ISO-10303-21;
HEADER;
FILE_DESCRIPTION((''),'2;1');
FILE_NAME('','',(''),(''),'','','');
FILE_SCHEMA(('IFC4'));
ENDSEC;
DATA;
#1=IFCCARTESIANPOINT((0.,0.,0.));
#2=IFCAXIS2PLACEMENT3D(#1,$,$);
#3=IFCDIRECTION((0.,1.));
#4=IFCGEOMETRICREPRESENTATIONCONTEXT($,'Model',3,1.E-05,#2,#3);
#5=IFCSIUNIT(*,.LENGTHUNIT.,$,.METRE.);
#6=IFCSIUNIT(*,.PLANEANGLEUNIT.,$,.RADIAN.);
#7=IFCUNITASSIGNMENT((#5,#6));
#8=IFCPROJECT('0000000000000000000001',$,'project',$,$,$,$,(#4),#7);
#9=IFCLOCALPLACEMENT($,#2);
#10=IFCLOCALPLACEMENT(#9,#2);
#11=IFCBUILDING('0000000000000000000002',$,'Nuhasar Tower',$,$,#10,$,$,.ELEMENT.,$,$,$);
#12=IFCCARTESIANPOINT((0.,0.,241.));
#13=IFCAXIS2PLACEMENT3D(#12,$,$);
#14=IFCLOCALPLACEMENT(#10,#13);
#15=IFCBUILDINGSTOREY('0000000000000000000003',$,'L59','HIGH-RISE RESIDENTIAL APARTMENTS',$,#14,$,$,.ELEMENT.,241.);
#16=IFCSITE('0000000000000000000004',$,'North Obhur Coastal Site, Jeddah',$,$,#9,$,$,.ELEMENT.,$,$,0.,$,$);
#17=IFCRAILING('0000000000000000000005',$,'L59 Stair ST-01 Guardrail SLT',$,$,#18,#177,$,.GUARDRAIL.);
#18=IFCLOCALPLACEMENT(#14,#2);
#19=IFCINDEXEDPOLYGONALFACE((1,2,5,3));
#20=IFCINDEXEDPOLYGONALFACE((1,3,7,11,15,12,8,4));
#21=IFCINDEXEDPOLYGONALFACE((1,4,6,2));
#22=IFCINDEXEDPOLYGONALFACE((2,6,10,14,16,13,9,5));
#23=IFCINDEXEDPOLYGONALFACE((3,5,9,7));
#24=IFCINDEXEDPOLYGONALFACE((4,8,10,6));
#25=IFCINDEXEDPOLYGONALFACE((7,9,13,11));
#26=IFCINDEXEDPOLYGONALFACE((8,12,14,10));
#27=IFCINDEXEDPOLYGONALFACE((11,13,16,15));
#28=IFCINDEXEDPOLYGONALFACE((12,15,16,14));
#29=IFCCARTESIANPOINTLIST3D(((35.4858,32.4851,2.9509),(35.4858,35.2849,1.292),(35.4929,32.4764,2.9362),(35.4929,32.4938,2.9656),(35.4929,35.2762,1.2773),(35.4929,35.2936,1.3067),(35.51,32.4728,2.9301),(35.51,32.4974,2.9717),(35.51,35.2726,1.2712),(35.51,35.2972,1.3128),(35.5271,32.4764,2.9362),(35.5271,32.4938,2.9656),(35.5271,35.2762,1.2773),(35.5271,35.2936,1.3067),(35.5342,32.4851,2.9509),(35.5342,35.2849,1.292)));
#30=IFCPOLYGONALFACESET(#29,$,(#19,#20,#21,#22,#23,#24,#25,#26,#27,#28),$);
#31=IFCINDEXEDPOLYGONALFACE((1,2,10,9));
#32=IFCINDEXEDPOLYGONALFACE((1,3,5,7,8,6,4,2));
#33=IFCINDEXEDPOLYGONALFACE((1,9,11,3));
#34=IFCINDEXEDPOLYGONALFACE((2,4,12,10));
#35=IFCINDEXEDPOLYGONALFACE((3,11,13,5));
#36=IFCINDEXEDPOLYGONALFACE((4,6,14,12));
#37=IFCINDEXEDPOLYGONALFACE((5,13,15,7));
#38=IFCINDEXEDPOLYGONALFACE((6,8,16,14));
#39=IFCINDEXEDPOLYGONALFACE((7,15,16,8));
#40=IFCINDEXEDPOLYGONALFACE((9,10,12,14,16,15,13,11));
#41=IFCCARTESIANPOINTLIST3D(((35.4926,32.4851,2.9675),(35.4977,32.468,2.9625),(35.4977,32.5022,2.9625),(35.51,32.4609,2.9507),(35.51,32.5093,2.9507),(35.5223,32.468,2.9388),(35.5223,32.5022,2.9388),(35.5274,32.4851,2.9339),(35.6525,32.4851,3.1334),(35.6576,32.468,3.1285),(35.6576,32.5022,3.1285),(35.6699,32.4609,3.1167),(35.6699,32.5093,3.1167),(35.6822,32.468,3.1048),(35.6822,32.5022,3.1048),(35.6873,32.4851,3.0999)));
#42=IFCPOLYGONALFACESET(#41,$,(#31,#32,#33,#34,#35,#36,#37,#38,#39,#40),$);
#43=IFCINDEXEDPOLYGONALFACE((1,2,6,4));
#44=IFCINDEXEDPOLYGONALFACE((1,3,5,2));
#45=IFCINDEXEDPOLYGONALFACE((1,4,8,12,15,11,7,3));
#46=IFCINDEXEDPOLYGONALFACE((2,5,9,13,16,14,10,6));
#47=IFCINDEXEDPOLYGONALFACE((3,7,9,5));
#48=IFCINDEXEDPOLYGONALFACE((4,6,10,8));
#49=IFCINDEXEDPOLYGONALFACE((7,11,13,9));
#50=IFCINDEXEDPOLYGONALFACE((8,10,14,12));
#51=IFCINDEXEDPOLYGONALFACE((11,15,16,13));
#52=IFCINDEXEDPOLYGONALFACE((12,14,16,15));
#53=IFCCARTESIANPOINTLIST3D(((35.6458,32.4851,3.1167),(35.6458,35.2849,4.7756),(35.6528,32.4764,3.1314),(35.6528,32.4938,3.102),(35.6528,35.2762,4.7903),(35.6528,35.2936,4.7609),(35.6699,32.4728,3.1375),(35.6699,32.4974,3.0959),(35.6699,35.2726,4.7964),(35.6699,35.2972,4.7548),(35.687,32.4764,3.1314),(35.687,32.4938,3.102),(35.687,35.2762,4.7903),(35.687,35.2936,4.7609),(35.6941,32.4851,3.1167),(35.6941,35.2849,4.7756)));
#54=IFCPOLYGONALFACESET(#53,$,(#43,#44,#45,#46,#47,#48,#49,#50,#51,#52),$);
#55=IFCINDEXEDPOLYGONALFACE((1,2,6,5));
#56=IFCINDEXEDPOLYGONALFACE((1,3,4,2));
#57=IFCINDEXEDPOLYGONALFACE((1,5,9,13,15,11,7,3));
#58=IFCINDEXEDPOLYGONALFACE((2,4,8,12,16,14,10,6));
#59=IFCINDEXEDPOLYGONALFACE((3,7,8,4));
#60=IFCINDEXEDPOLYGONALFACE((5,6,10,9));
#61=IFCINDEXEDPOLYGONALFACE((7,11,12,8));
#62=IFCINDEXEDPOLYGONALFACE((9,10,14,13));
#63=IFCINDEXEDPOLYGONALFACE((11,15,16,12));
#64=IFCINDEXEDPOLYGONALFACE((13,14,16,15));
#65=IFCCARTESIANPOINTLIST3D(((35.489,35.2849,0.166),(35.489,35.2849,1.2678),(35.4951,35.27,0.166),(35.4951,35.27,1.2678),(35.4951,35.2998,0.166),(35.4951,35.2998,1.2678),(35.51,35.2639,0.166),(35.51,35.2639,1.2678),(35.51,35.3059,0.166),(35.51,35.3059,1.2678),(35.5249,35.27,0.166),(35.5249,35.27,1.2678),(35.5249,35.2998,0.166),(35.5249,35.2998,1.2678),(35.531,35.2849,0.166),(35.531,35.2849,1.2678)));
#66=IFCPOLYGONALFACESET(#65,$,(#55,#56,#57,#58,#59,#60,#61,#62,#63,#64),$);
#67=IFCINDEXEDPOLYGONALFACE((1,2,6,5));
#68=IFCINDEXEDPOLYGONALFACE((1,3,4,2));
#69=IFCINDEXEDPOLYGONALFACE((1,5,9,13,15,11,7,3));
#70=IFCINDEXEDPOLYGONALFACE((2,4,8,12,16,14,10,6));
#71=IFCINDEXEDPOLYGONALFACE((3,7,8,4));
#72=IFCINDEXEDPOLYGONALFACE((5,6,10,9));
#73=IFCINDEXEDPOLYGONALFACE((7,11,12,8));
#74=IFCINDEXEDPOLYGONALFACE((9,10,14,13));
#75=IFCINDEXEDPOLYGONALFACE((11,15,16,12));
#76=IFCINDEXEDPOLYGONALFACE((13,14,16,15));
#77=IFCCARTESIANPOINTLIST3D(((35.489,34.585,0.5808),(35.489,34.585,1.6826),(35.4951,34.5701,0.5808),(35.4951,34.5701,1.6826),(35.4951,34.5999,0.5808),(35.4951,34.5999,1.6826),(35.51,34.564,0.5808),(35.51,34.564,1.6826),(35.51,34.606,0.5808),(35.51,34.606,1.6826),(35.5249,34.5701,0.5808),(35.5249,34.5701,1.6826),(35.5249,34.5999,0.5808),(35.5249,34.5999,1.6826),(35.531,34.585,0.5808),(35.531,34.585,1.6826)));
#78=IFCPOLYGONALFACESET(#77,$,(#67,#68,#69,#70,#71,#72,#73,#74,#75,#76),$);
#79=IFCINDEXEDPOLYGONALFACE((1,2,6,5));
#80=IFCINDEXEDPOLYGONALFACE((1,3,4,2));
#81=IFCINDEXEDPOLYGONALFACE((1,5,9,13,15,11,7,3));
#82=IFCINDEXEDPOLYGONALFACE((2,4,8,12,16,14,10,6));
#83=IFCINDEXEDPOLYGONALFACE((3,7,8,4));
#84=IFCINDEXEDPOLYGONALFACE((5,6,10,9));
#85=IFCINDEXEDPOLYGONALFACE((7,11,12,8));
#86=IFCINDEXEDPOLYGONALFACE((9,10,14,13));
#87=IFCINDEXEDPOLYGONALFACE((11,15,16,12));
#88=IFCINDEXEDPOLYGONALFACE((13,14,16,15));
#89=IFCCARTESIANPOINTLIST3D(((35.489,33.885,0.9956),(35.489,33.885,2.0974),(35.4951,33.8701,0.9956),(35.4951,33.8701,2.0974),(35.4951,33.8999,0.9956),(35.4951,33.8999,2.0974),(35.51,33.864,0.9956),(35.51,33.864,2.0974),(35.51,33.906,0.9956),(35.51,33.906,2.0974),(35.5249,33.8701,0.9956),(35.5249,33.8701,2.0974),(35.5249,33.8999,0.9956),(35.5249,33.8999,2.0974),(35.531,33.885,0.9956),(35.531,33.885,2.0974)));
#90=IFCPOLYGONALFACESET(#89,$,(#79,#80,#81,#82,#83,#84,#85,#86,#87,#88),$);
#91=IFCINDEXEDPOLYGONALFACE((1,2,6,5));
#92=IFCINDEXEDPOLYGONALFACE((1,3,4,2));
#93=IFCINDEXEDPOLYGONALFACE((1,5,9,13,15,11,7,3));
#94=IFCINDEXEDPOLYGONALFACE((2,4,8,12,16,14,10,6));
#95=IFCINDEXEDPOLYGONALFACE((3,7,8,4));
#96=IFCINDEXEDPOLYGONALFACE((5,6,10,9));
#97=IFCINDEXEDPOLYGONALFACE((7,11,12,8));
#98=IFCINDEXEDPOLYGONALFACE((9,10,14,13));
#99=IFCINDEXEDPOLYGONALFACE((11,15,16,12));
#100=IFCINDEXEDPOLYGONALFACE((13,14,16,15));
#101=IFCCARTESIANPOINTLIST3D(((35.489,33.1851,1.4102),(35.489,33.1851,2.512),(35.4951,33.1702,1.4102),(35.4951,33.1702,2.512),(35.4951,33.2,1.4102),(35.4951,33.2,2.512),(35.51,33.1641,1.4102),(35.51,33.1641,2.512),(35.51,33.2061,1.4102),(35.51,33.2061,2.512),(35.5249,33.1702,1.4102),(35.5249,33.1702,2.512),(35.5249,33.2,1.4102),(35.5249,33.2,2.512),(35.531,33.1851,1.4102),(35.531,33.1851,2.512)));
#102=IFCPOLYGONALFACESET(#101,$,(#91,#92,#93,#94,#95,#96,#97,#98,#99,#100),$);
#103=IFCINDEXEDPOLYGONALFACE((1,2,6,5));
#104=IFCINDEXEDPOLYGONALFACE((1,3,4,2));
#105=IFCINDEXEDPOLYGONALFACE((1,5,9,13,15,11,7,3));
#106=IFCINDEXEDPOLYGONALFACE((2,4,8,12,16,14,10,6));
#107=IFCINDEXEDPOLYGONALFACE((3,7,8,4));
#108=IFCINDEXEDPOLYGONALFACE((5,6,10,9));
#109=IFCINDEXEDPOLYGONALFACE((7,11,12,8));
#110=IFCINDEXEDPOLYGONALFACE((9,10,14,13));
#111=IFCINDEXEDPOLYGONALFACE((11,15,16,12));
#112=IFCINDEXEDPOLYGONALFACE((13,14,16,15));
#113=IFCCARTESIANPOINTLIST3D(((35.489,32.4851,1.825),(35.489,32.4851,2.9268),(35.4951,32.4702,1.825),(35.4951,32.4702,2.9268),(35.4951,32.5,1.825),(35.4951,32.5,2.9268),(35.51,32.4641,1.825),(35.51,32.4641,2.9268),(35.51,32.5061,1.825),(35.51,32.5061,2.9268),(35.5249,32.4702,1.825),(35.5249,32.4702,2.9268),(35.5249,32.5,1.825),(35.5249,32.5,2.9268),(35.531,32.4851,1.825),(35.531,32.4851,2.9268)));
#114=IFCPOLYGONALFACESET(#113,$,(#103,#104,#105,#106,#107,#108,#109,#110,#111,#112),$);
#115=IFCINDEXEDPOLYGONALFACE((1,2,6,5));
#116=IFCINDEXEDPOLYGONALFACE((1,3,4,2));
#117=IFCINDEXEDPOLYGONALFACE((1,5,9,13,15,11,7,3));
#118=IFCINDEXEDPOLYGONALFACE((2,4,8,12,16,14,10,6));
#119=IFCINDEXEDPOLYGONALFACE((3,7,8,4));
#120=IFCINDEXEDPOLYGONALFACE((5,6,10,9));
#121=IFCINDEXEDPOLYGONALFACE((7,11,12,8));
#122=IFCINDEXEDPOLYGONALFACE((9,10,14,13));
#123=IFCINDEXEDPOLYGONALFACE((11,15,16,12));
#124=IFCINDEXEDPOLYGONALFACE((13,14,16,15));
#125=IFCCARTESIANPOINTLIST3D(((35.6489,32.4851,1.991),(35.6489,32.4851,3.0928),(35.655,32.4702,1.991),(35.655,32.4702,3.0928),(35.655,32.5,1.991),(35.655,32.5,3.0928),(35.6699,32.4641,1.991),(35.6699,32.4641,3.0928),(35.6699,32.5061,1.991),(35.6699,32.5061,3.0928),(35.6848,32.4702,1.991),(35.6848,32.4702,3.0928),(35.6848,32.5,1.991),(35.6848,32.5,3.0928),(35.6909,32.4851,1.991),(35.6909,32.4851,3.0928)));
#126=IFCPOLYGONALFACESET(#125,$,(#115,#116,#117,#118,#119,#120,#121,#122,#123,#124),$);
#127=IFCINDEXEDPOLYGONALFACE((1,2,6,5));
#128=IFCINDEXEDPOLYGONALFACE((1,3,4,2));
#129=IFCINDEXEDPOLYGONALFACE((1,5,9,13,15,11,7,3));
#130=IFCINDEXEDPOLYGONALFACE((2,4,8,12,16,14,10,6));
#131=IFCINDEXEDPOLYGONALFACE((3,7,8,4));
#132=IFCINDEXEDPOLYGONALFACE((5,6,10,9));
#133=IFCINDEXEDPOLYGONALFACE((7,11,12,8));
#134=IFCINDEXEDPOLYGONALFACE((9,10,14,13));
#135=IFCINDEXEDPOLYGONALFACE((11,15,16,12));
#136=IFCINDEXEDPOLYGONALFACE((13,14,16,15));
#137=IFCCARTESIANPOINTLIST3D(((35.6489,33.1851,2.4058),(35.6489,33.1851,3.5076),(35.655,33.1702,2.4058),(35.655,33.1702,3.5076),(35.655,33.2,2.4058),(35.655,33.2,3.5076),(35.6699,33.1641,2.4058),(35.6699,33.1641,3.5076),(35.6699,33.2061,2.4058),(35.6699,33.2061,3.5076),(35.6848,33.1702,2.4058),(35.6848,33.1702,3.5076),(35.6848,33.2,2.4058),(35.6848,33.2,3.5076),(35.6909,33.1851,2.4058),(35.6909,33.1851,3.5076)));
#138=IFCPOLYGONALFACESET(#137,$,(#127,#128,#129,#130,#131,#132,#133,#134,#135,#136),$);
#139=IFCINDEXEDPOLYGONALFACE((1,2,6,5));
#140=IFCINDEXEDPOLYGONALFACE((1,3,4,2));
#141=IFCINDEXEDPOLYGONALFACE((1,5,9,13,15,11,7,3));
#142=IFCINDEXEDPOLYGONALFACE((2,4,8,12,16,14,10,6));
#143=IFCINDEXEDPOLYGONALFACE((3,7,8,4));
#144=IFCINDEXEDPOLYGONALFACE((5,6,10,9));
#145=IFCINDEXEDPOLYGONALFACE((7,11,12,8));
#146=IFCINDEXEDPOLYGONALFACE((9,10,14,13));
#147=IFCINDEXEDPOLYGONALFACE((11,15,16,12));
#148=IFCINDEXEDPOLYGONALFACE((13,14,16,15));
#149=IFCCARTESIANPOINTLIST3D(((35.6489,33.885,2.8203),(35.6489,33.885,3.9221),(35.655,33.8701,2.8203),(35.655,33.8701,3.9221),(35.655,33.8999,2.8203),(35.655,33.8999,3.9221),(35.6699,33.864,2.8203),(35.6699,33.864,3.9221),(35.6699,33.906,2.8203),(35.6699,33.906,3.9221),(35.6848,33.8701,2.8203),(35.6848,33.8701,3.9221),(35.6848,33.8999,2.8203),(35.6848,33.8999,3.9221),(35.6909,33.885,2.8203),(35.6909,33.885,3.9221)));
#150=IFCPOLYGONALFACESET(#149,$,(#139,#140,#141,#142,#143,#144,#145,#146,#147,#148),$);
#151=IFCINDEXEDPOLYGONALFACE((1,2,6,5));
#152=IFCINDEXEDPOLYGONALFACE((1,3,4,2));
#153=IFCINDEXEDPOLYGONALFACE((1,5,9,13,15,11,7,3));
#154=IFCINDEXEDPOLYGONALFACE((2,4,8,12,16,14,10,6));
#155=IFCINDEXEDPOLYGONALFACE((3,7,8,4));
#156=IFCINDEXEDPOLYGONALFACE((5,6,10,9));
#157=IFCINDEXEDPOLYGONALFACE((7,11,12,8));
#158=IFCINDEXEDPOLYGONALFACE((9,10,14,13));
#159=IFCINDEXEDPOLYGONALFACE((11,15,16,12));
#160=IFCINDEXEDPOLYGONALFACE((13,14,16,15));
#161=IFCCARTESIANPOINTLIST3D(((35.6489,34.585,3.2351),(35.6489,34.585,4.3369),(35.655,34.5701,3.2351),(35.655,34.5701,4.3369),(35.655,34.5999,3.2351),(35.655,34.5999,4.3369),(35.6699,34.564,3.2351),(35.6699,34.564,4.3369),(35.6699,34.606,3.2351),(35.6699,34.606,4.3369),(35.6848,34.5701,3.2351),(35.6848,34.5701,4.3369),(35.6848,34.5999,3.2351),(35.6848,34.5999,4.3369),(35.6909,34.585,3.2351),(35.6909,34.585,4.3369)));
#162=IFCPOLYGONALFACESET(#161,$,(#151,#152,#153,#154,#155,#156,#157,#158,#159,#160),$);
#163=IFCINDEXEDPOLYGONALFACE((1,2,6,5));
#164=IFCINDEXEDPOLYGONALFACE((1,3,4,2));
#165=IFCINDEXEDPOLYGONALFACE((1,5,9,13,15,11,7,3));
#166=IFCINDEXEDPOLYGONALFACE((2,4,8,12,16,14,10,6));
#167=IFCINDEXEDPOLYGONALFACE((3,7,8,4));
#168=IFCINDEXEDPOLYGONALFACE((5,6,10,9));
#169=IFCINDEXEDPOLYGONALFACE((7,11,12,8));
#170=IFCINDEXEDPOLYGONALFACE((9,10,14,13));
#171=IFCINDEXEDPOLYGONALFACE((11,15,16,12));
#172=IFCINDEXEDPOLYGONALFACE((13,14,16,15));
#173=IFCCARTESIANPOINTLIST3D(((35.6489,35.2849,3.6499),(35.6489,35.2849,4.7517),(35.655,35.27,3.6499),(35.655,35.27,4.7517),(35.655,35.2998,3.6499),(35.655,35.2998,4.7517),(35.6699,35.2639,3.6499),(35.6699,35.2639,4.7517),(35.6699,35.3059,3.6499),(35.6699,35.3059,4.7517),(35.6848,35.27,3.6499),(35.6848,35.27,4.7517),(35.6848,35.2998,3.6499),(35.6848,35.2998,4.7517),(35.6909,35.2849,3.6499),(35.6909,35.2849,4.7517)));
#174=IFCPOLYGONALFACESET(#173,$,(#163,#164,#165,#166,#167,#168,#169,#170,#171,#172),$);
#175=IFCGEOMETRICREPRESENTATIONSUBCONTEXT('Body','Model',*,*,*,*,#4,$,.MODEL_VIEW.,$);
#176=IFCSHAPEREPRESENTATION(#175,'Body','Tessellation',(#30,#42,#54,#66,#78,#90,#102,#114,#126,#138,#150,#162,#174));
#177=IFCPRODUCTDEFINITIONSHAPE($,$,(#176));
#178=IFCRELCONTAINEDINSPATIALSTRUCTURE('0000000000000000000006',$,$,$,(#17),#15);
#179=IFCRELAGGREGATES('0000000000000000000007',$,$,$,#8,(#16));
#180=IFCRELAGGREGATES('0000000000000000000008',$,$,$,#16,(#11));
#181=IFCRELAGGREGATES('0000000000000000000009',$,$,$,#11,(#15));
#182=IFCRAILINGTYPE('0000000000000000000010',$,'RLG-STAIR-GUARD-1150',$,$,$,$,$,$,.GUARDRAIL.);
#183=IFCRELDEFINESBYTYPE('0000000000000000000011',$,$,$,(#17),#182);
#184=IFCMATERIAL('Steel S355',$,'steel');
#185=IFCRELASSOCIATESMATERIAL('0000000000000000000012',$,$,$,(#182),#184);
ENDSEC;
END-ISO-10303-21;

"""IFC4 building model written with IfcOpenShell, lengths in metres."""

from ifc_helpers import new_model, si_unit, direction, frame, origin, place, context, subcontext, project, spatial, polyline, outline, extrude, material, type_object, element, save


model = new_model("IFC4")

# Units and contexts
model_context = context("Model", 3, precision=1e-05, world=origin(), true_north=direction((0.0, 1.0)))
body_context = subcontext(model_context, "Body", "Model", "MODEL_VIEW")
ifc_project = project(units=[si_unit("LENGTHUNIT", "METRE"), si_unit("PLANEANGLEUNIT", "RADIAN")], contexts=[model_context])

# Site, building, storey
site_placement = place(None, origin())
site = spatial("IfcSite", under=ifc_project, at=site_placement, Name="North Obhur Coastal Site, Jeddah", CompositionType="ELEMENT", RefElevation=0.0)
building_placement = place(site_placement, origin())
building = spatial("IfcBuilding", under=site, at=building_placement, Name="Nuhasar Tower", CompositionType="ELEMENT")
storey_placement = place(building_placement, frame((0.0, 0.0, 241.0)))
storey = spatial("IfcBuildingStorey", under=building, at=storey_placement, Name="L59", Description="HIGH-RISE RESIDENTIAL APARTMENTS", CompositionType="ELEMENT", Elevation=241.0)

# Shared definitions
ifc_material_1 = material(Name="Steel S355", Category="steel")

# Railing
railing_type_1 = type_object("IfcRailingType", Name="RLG-STAIR-GUARD-1150", PredefinedType="GUARDRAIL", material=ifc_material_1)
railing_1_placement = place(storey_placement, frame((35.51, 35.2849, 0.166)))
element("IfcRailing", 1, at=railing_1_placement, inside=storey, type_object=railing_type_1, Name="L59 Stair ST-01 Guardrail SLT", PredefinedType="GUARDRAIL", context=body_context, shape_type="SweptSolid", body=[
    extrude(outline(polyline([(0.0242, 0.0), (0.0171, 0.0171), (0.0, 0.0242), (-0.0171, 0.0171), (-0.0242, 0.0), (-0.0171, -0.0171), (0.0, -0.0242), (0.0171, -0.0171), (0.0242, 0.0)])), frame((0.0, 0.0, 1.126), z_axis=(0.0, -0.86032, 0.509755), x_axis=(1.0, 0.0, 0.0)), (0.0, 0.0, 1.0), 3.2544),
    extrude(outline(polyline([(0.0242, 0.0), (0.0171, 0.0171), (0.0, 0.0242), (-0.0171, 0.0171), (-0.0242, 0.0), (-0.0171, -0.0171), (0.0, -0.0242), (0.0171, -0.0171), (0.0242, 0.0)])), frame((0.0, -2.7998, 2.7847), z_axis=(0.693743, 0.0, 0.720222), x_axis=(0.0, 1.0, 0.0)), (0.0, 0.0, 1.0), 0.2305),
    extrude(outline(polyline([(0.0242, 0.0), (0.0171, 0.0171), (0.0, 0.0242), (-0.0171, 0.0171), (-0.0242, 0.0), (-0.0171, -0.0171), (0.0, -0.0242), (0.0171, -0.0171), (0.0242, 0.0)])), frame((0.1599, -2.7998, 2.9507), z_axis=(0.0, 0.86032, 0.509755), x_axis=(-1.0, 0.0, 0.0)), (0.0, 0.0, 1.0), 3.2544),
    extrude(outline(polyline([(0.021, 0.0), (0.0149, 0.0149), (0.0, 0.021), (-0.0149, 0.0149), (-0.021, 0.0), (-0.0149, -0.0149), (0.0, -0.021), (0.0149, -0.0149), (0.021, 0.0)])), origin(), (0.0, 0.0, 1.0), 1.1018),
    extrude(outline(polyline([(0.021, 0.0), (0.0149, 0.0149), (0.0, 0.021), (-0.0149, 0.0149), (-0.021, 0.0), (-0.0149, -0.0149), (0.0, -0.021), (0.0149, -0.0149), (0.021, 0.0)])), frame((0.0, -0.7, 0.4148)), (0.0, 0.0, 1.0), 1.1018),
    extrude(outline(polyline([(0.021, 0.0), (0.0149, 0.0149), (0.0, 0.021), (-0.0149, 0.0149), (-0.021, 0.0), (-0.0149, -0.0149), (0.0, -0.021), (0.0149, -0.0149), (0.021, 0.0)])), frame((0.0, -1.3999, 0.8296)), (0.0, 0.0, 1.0), 1.1018),
    extrude(outline(polyline([(0.021, 0.0), (0.0149, 0.0149), (0.0, 0.021), (-0.0149, 0.0149), (-0.021, 0.0), (-0.0149, -0.0149), (0.0, -0.021), (0.0149, -0.0149), (0.021, 0.0)])), frame((0.0, -2.0999, 1.2441)), (0.0, 0.0, 1.0), 1.1018),
    extrude(outline(polyline([(0.021, 0.0), (0.0149, 0.0149), (0.0, 0.021), (-0.0149, 0.0149), (-0.021, 0.0), (-0.0149, -0.0149), (0.0, -0.021), (0.0149, -0.0149), (0.021, 0.0)])), frame((0.0, -2.7998, 1.6589)), (0.0, 0.0, 1.0), 1.1018),
    extrude(outline(polyline([(0.021, 0.0), (0.0149, 0.0149), (0.0, 0.021), (-0.0149, 0.0149), (-0.021, 0.0), (-0.0149, -0.0149), (0.0, -0.021), (0.0149, -0.0149), (0.021, 0.0)])), frame((0.1599, -2.7998, 1.825)), (0.0, 0.0, 1.0), 1.1018),
    extrude(outline(polyline([(0.021, 0.0), (0.0149, 0.0149), (0.0, 0.021), (-0.0149, 0.0149), (-0.021, 0.0), (-0.0149, -0.0149), (0.0, -0.021), (0.0149, -0.0149), (0.021, 0.0)])), frame((0.1599, -2.0999, 2.2397)), (0.0, 0.0, 1.0), 1.1018),
    extrude(outline(polyline([(0.021, 0.0), (0.0149, 0.0149), (0.0, 0.021), (-0.0149, 0.0149), (-0.021, 0.0), (-0.0149, -0.0149), (0.0, -0.021), (0.0149, -0.0149), (0.021, 0.0)])), frame((0.1599, -1.3999, 2.6543)), (0.0, 0.0, 1.0), 1.1018),
    extrude(outline(polyline([(0.021, 0.0), (0.0149, 0.0149), (0.0, 0.021), (-0.0149, 0.0149), (-0.021, 0.0), (-0.0149, -0.0149), (0.0, -0.021), (0.0149, -0.0149), (0.021, 0.0)])), frame((0.1599, -0.7, 3.0691)), (0.0, 0.0, 1.0), 1.1018),
    extrude(outline(polyline([(0.021, 0.0), (0.0149, 0.0149), (0.0, 0.021), (-0.0149, 0.0149), (-0.021, 0.0), (-0.0149, -0.0149), (0.0, -0.021), (0.0149, -0.0149), (0.021, 0.0)])), frame((0.1599, 0.0, 3.4839)), (0.0, 0.0, 1.0), 1.1018),
])

save(model, "model.ifc")
